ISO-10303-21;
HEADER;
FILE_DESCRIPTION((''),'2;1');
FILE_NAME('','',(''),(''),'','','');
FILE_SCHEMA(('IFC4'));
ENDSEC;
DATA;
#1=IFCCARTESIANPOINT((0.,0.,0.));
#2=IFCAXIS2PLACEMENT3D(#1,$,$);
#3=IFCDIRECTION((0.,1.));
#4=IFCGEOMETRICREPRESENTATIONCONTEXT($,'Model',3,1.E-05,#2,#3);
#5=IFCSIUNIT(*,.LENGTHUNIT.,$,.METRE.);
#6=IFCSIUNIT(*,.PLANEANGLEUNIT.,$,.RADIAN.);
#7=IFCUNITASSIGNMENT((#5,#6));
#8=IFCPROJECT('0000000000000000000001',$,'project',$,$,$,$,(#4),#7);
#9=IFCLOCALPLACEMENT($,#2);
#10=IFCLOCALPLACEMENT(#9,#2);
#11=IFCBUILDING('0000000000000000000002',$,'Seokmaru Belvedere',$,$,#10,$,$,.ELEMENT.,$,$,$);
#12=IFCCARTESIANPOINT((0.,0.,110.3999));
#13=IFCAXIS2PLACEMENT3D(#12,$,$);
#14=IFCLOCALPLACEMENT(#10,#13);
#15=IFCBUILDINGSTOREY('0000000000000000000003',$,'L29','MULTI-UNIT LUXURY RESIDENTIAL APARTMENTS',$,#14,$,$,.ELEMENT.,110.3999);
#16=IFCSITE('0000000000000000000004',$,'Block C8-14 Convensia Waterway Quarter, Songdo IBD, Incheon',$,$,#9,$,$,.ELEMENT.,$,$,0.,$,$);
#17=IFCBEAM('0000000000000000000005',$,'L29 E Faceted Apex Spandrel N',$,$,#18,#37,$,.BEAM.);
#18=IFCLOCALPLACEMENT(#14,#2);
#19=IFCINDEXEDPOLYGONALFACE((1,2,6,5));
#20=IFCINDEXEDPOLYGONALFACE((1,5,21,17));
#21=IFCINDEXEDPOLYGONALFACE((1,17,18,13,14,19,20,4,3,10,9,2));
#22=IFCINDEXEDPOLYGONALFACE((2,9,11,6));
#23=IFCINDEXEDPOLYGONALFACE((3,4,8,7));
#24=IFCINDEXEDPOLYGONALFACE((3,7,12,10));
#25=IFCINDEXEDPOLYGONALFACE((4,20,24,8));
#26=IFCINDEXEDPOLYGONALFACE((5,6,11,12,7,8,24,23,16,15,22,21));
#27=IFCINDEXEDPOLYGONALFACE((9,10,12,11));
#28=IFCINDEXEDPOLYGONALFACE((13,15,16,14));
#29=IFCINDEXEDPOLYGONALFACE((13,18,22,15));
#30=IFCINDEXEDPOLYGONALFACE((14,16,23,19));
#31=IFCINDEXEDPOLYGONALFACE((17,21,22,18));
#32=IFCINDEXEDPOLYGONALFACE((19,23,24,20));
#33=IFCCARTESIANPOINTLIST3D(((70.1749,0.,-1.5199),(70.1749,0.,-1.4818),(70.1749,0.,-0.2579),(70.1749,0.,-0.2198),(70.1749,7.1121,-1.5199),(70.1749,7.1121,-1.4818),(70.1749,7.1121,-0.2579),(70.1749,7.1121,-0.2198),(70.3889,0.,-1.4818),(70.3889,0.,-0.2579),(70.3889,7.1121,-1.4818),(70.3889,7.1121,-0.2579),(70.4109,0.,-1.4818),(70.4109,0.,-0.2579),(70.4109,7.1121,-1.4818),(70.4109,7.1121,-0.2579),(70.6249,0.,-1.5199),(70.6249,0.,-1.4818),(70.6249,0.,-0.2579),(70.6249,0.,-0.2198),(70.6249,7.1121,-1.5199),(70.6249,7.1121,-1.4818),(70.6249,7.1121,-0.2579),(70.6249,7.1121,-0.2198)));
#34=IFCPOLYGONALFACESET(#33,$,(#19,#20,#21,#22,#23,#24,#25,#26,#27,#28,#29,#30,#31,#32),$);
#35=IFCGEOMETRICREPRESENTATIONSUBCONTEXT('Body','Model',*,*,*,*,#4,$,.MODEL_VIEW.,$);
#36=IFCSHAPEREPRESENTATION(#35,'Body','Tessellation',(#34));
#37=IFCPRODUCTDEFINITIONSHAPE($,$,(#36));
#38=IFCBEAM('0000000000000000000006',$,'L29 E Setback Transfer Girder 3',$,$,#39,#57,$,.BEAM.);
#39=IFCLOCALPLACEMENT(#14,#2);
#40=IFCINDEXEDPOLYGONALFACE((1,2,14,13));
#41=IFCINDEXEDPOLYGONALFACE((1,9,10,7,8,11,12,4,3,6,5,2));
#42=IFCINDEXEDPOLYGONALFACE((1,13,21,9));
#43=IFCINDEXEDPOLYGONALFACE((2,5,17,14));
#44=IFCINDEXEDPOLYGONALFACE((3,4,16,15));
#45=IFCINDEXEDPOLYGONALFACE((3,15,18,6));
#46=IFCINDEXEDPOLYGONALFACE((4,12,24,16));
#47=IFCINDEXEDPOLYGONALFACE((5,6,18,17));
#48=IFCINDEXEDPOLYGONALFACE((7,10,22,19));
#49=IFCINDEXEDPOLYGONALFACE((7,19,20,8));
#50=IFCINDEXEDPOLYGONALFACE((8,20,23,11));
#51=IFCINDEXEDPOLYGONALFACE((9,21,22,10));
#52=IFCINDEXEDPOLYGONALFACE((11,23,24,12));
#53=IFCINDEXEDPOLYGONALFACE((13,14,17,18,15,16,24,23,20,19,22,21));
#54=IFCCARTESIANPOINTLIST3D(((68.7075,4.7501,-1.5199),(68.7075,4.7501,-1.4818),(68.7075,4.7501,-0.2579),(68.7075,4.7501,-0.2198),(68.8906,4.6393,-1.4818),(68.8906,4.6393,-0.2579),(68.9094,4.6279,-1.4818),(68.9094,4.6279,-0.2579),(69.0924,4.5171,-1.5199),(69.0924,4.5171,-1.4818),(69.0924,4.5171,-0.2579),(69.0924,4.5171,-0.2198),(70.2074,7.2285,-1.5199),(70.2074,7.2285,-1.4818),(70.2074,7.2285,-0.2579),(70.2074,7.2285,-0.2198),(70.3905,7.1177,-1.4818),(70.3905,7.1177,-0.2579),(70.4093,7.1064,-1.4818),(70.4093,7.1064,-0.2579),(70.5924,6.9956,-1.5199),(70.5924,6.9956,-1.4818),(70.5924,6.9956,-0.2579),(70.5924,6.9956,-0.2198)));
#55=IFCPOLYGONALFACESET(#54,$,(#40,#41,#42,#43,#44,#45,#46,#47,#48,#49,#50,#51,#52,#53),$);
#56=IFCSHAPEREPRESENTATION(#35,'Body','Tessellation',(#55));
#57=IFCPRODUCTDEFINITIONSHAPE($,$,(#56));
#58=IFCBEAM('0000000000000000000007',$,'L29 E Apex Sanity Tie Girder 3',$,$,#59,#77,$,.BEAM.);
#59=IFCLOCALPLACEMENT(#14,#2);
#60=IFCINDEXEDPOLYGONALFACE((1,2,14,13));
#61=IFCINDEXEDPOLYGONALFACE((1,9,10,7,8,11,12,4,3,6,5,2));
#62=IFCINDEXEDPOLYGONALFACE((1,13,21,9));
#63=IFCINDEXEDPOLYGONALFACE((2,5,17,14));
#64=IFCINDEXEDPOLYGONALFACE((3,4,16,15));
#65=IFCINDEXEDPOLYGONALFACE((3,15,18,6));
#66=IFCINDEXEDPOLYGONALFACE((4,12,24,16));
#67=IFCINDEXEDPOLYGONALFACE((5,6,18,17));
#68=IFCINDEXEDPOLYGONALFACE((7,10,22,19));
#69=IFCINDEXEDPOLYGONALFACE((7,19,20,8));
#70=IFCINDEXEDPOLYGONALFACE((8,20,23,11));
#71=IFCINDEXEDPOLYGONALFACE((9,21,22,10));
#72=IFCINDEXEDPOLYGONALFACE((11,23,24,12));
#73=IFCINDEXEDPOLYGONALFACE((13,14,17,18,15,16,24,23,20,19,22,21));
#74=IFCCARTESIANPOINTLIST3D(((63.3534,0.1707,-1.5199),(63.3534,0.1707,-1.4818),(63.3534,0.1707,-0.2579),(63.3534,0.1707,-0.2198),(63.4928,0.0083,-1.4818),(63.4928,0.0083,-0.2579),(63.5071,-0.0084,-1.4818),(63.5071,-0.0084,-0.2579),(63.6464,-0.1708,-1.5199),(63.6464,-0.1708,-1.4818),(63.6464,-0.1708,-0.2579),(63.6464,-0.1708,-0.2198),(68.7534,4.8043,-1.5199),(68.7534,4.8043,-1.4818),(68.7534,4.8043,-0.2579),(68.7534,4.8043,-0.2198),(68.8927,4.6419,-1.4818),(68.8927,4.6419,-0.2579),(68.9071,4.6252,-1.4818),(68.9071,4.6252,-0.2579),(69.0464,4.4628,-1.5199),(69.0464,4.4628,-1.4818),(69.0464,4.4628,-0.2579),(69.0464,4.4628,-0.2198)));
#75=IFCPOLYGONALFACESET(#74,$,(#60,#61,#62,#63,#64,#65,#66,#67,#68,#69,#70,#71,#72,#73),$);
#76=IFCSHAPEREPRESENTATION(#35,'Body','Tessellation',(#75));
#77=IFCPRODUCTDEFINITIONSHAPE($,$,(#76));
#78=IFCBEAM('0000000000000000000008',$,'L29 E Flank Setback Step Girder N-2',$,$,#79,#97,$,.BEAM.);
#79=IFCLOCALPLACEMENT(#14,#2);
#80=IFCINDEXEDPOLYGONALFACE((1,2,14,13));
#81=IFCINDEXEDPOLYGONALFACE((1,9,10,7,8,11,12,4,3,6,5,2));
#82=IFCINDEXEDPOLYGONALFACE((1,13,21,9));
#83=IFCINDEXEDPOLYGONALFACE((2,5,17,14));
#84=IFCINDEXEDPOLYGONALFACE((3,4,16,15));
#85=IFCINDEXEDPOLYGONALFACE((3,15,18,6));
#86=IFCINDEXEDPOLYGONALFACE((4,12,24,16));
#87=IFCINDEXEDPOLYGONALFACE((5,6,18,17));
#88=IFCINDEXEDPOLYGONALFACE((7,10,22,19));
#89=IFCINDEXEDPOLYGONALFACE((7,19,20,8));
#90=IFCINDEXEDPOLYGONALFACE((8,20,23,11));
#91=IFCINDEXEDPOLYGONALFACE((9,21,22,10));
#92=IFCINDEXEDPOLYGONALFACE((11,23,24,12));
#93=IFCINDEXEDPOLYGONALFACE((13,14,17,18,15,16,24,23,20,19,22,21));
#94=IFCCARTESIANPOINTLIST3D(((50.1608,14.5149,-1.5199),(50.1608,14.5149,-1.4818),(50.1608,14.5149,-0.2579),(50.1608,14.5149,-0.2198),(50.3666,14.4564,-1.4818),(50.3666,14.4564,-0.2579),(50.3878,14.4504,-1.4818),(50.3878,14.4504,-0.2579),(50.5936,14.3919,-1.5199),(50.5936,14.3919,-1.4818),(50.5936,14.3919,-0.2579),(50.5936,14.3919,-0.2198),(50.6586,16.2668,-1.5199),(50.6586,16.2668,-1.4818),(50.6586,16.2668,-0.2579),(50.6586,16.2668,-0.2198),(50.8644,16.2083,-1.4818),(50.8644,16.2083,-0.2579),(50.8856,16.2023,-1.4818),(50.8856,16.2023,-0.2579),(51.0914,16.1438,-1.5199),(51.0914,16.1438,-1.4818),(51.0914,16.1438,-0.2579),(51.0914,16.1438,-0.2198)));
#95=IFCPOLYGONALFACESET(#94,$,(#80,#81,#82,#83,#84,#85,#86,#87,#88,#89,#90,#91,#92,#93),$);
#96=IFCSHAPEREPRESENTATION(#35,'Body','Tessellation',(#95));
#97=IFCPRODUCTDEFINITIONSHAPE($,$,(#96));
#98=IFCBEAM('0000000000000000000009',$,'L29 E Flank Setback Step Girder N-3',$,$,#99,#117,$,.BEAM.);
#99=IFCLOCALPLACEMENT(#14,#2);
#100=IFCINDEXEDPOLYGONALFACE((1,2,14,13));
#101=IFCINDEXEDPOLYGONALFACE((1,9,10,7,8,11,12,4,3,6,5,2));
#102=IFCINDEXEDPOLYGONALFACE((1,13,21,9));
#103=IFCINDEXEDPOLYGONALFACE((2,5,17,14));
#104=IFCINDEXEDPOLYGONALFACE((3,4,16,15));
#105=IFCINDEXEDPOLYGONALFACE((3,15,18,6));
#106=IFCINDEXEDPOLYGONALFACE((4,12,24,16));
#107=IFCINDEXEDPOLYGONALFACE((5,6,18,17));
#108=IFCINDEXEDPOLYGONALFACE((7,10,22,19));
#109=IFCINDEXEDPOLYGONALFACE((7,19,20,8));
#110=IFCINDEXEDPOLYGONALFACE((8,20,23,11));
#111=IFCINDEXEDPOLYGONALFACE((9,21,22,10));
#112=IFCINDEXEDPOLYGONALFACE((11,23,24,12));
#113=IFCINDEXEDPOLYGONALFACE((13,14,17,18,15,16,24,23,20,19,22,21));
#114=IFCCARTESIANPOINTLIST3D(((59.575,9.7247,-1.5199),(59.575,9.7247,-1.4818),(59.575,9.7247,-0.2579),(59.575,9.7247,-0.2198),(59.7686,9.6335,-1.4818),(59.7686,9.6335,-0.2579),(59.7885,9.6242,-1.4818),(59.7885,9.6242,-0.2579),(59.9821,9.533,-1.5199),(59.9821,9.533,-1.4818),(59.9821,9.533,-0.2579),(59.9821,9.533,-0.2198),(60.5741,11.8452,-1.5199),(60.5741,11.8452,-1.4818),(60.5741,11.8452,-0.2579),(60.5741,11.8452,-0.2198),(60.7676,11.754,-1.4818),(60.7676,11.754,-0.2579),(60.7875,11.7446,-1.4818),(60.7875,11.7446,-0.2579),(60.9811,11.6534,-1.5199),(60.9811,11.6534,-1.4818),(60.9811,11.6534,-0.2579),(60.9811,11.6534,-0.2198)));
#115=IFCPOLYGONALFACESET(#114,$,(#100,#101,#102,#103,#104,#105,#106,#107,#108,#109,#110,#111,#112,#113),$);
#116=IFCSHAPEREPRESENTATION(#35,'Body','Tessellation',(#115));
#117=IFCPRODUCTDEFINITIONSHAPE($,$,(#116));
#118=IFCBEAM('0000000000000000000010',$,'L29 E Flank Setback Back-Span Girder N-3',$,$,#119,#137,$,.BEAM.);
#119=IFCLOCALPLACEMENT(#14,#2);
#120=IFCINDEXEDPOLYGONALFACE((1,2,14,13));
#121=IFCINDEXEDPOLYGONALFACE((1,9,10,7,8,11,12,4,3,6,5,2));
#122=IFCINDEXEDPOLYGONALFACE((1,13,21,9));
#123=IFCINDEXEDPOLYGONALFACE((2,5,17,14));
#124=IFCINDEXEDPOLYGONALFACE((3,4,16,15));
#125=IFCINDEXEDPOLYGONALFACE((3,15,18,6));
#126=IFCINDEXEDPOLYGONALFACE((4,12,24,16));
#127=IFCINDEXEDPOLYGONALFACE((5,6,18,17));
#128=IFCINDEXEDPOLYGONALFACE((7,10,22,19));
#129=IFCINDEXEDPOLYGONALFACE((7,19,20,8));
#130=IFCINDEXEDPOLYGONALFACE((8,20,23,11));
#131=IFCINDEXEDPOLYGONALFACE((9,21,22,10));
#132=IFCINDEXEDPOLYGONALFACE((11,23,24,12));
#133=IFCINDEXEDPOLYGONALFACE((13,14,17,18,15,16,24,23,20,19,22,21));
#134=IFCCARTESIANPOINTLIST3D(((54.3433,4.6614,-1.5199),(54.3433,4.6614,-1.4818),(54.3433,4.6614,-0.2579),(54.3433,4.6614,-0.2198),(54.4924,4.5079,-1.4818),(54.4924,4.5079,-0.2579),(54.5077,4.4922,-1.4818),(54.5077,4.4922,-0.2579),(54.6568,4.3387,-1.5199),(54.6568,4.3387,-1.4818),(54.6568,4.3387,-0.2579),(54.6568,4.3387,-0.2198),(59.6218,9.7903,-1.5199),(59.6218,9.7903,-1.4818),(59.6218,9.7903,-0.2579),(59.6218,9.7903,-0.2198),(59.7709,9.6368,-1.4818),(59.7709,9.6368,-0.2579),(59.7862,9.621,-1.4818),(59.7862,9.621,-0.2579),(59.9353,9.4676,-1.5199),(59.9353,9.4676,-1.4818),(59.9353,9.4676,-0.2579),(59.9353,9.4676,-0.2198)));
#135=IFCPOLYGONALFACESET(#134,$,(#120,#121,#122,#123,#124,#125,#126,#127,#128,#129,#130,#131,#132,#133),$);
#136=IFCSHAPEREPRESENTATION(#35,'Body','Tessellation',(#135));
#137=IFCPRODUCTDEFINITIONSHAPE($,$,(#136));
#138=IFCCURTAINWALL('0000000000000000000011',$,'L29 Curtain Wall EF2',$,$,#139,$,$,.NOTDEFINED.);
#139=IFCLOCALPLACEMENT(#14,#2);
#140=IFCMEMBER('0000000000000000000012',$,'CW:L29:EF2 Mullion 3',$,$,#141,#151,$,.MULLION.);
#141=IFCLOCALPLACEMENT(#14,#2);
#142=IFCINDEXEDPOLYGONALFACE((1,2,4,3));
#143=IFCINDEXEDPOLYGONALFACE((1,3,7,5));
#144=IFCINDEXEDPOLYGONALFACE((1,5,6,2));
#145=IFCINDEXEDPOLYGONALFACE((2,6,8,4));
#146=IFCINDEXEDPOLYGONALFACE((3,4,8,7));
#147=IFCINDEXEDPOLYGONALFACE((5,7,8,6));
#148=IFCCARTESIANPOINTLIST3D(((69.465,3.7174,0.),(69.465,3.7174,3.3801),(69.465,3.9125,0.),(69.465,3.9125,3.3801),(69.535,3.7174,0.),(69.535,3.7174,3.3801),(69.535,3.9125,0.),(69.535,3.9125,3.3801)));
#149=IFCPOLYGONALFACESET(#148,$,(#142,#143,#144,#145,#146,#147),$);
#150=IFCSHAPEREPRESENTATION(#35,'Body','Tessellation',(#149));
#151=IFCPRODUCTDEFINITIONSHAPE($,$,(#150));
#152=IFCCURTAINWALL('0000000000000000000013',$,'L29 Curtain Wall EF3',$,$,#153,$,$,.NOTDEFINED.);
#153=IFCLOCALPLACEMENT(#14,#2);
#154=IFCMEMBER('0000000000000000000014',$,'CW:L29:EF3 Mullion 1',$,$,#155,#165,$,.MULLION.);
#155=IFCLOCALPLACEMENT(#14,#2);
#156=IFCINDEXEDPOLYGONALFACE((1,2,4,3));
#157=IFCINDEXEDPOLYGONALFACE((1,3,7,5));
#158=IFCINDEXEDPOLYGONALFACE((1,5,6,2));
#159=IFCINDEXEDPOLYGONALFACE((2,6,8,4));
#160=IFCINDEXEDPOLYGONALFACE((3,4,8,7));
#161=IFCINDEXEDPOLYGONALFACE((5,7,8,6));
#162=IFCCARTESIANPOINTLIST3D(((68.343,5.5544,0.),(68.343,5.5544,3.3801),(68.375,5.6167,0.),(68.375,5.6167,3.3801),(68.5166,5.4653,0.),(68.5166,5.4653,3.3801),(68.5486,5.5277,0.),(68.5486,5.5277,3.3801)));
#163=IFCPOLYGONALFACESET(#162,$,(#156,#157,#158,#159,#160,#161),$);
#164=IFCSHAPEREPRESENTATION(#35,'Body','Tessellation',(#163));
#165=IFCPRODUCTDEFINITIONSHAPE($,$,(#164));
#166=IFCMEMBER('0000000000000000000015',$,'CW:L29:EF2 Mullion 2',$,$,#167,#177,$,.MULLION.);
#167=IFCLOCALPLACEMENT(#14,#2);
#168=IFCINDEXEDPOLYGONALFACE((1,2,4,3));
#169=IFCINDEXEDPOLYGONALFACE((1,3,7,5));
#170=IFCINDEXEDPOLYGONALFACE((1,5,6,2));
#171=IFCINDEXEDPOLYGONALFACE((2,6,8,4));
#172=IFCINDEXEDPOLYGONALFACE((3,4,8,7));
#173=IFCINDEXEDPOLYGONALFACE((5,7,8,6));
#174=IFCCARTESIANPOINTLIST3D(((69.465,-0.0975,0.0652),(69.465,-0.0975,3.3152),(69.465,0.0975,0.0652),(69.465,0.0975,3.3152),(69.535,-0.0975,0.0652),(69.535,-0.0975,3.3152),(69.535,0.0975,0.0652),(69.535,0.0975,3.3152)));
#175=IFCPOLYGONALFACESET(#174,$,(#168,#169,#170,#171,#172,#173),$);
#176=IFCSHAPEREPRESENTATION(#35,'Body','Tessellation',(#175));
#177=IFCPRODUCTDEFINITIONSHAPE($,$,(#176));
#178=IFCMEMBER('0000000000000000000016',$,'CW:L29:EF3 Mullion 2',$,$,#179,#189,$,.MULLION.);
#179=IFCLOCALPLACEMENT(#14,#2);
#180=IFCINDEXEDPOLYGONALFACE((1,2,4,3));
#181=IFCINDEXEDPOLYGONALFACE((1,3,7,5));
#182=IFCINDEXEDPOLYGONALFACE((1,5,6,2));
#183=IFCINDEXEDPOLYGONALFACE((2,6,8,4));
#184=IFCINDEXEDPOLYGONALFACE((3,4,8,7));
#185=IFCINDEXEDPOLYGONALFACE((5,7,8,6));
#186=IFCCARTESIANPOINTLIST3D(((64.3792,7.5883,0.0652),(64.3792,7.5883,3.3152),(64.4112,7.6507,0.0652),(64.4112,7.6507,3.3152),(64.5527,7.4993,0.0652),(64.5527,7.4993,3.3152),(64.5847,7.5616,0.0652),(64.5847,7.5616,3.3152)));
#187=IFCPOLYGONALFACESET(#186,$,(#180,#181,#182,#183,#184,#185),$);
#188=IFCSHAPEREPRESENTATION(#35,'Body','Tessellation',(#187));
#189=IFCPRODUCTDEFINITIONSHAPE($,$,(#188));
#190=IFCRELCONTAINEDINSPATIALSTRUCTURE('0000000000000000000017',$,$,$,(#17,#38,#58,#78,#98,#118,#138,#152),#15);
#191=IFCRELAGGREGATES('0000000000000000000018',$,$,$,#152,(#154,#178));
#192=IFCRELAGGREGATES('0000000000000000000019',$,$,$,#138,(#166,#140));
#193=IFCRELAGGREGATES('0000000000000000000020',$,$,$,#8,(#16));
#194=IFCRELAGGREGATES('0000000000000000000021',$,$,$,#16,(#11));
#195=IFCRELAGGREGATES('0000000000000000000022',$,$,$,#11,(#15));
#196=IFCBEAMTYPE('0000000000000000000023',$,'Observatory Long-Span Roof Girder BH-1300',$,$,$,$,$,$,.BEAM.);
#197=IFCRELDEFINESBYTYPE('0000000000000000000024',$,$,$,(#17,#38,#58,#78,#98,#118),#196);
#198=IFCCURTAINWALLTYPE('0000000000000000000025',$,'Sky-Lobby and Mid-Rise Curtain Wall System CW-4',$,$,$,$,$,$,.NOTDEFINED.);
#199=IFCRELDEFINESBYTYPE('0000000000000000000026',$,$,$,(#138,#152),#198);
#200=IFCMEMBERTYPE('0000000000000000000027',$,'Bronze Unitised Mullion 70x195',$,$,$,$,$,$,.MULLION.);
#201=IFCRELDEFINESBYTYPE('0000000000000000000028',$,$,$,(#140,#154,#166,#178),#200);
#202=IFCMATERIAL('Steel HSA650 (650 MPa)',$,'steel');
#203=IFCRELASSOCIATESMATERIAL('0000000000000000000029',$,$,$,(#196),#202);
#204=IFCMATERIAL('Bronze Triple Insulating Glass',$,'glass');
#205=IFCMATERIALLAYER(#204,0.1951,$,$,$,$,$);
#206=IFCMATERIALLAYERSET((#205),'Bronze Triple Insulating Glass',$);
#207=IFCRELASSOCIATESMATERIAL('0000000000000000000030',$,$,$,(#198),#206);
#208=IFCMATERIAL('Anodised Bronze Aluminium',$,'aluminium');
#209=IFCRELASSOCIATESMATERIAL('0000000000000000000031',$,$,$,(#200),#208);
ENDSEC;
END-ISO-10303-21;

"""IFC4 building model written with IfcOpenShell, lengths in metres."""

from ifc_helpers import new_model, si_unit, direction, frame, origin, origin_2d, place, context, subcontext, project, spatial, rectangle, i_section, extrude, source, transform, mapped, material, layer, layer_set, material_profile, profile_set, type_object, type_shapes, element, aggregate, save


model = new_model("IFC4")

# Units and contexts
model_context = context("Model", 3, precision=1e-05, world=origin(), true_north=direction((0.0, 1.0)))
body_context = subcontext(model_context, "Body", "Model", "MODEL_VIEW")
ifc_project = project(units=[si_unit("LENGTHUNIT", "METRE"), si_unit("PLANEANGLEUNIT", "RADIAN")], contexts=[model_context])

# Site, building, storey
site_placement = place(None, origin())
site = spatial("IfcSite", under=ifc_project, at=site_placement, Name="Block C8-14 Convensia Waterway Quarter, Songdo IBD, Incheon", CompositionType="ELEMENT", RefElevation=0.0)
building_placement = place(site_placement, origin())
building = spatial("IfcBuilding", under=site, at=building_placement, Name="Seokmaru Belvedere", CompositionType="ELEMENT")
storey_placement = place(building_placement, frame((0.0, 0.0, 110.3999)))
storey = spatial("IfcBuildingStorey", under=building, at=storey_placement, Name="L29", Description="MULTI-UNIT LUXURY RESIDENTIAL APARTMENTS", CompositionType="ELEMENT", Elevation=110.3999)

# Beams
ifc_material_1 = material(Name="Steel HSA650 (650 MPa)", Category="steel")
ifc_material_profile_1 = material_profile(ifc_material_1, i_section(OverallWidth=0.45, OverallDepth=1.3, WebThickness=0.022, FlangeThickness=0.0381, at=origin_2d()), Name="BH-1300x450x22x38")
ifc_profile_set_1 = profile_set([ifc_material_profile_1], Name="Steel HSA650 (650 MPa)")
beam_type_1 = type_object("IfcBeamType", Name="Observatory Long-Span Roof Girder BH-1300", PredefinedType="BEAM", material=ifc_profile_set_1)
shared_shape_1 = source(origin(), body_context, "Body", "SweptSolid", [
    extrude(i_section(OverallWidth=0.45, OverallDepth=1.3, WebThickness=0.022, FlangeThickness=0.0381, at=origin_2d()), origin(), (0.0, 0.0, 1.0), 7.1121),
])
beam_1_placement = place(storey_placement, frame((70.3999, 0.0, -0.8699), z_axis=(0.0, 1.0, 0.0), x_axis=(-1.0, 0.0, 0.0)))
element("IfcBeam", 1, at=beam_1_placement, inside=storey, type_object=beam_type_1, Name="L29 E Faceted Apex Spandrel N", PredefinedType="BEAM", context=body_context, shape_type="MappedRepresentation", body=[
    mapped(shared_shape_1, transform((0.0, 0.0, 0.0), scale=1.0)),
])
shared_shape_2 = source(origin(), body_context, "Body", "SweptSolid", [
    extrude(i_section(OverallWidth=0.45, OverallDepth=1.3, WebThickness=0.022, FlangeThickness=0.0381, at=origin_2d()), origin(), (0.0, 0.0, 1.0), 2.897),
])
beam_2_placement = place(storey_placement, frame((70.3999, 7.1121, -0.8699), z_axis=(-0.517764, -0.855524, 0.0), x_axis=(0.855524, -0.517764, 0.0)))
element("IfcBeam", 2, at=beam_2_placement, inside=storey, type_object=beam_type_1, Name="L29 E Setback Transfer Girder 3", PredefinedType="BEAM", context=body_context, shape_type="MappedRepresentation", body=[
    mapped(shared_shape_2, transform((0.0, 0.0, 0.0), scale=1.0)),
])
shared_shape_3 = source(origin(), body_context, "Body", "SweptSolid", [
    extrude(i_section(OverallWidth=0.45, OverallDepth=1.3, WebThickness=0.022, FlangeThickness=0.0381, at=origin_2d()), origin(), (0.0, 0.0, 1.0), 7.1155),
])
beam_3_placement = place(storey_placement, frame((68.8999, 4.6335, -0.8699), z_axis=(-0.758905, -0.651201, 0.0), x_axis=(0.651201, -0.758905, 0.0)))
element("IfcBeam", 3, at=beam_3_placement, inside=storey, type_object=beam_type_1, Name="L29 E Apex Sanity Tie Girder 3", PredefinedType="BEAM", context=body_context, shape_type="MappedRepresentation", body=[
    mapped(shared_shape_3, transform((0.0, 0.0, 0.0), scale=1.0)),
])
shared_shape_4 = source(origin(), body_context, "Body", "SweptSolid", [
    extrude(i_section(OverallWidth=0.45, OverallDepth=1.3, WebThickness=0.022, FlangeThickness=0.0381, at=origin_2d()), origin(), (0.0, 0.0, 1.0), 1.8213),
])
beam_4_placement = place(storey_placement, frame((50.875, 16.2053, -0.8699), z_axis=(-0.273322, -0.961923, 0.0), x_axis=(0.961923, -0.273322, 0.0)))
element("IfcBeam", 4, at=beam_4_placement, inside=storey, type_object=beam_type_1, Name="L29 E Flank Setback Step Girder N-2", PredefinedType="BEAM", context=body_context, shape_type="MappedRepresentation", body=[
    mapped(shared_shape_4, transform((0.0, 0.0, 0.0), scale=1.0)),
])
shared_shape_5 = source(origin(), body_context, "Body", "SweptSolid", [
    extrude(i_section(OverallWidth=0.45, OverallDepth=1.3, WebThickness=0.022, FlangeThickness=0.0381, at=origin_2d()), origin(), (0.0, 0.0, 1.0), 2.344),
])
beam_5_placement = place(storey_placement, frame((60.7776, 11.7493, -0.8699), z_axis=(-0.426218, -0.90462, 0.0), x_axis=(0.90462, -0.426218, 0.0)))
element("IfcBeam", 5, at=beam_5_placement, inside=storey, type_object=beam_type_1, Name="L29 E Flank Setback Step Girder N-3", PredefinedType="BEAM", context=body_context, shape_type="MappedRepresentation", body=[
    mapped(shared_shape_5, transform((0.0, 0.0, 0.0), scale=1.0)),
])
shared_shape_6 = source(origin(), body_context, "Body", "SweptSolid", [
    extrude(i_section(OverallWidth=0.45, OverallDepth=1.3, WebThickness=0.022, FlangeThickness=0.0381, at=origin_2d()), origin(), (0.0, 0.0, 1.0), 7.3599),
])
beam_6_placement = place(storey_placement, frame((59.7786, 9.6289, -0.8699), z_axis=(-0.717201, -0.696867, 0.0), x_axis=(0.696867, -0.717201, 0.0)))
element("IfcBeam", 6, at=beam_6_placement, inside=storey, type_object=beam_type_1, Name="L29 E Flank Setback Back-Span Girder N-3", PredefinedType="BEAM", context=body_context, shape_type="MappedRepresentation", body=[
    mapped(shared_shape_6, transform((0.0, 0.0, 0.0), scale=1.0)),
])

# Curtain walls, members
ifc_material_2 = material(Name="Bronze Triple Insulating Glass", Category="glass")
ifc_layer_1 = layer(ifc_material_2, 0.1951)
ifc_layer_set_1 = layer_set([ifc_layer_1], Name="Bronze Triple Insulating Glass")
curtain_wall_type = type_object("IfcCurtainWallType", Name="Sky-Lobby and Mid-Rise Curtain Wall System CW-4", PredefinedType="NOTDEFINED", material=ifc_layer_set_1)
curtain_wall_1_placement = place(storey_placement, origin())
curtain_wall_1 = element("IfcCurtainWall", 7, at=curtain_wall_1_placement, inside=storey, type_object=curtain_wall_type, Name="L29 Curtain Wall EF2", PredefinedType="NOTDEFINED")
ifc_material_3 = material(Name="Anodised Bronze Aluminium", Category="aluminium")
ifc_material_profile_2 = material_profile(ifc_material_3, rectangle(XDim=0.0701, YDim=0.1951, at=origin_2d()), Name="CW-M-70x195")
ifc_profile_set_2 = profile_set([ifc_material_profile_2], Name="Anodised Bronze Aluminium")
member_type_1 = type_object("IfcMemberType", Name="Bronze Unitised Mullion 70x195", PredefinedType="MULLION", material=ifc_profile_set_2)
shared_shape_7 = source(origin(), body_context, "Body", "SweptSolid", [
    extrude(rectangle(XDim=0.0701, YDim=0.1951, at=origin_2d()), origin(), (0.0, 0.0, 1.0), 3.3801),
])
member_1_placement = place(storey_placement, frame((69.5, 3.8149, 0.0), z_axis=(0.0, 0.0, 1.0), x_axis=(-1.0, 0.0, 0.0)))
member_1 = element("IfcMember", 8, at=member_1_placement, type_object=member_type_1, Name="CW:L29:EF2 Mullion 3", PredefinedType="MULLION", context=body_context, shape_type="MappedRepresentation", body=[
    mapped(shared_shape_7, transform((0.0, 0.0, 0.0), scale=1.0)),
])
curtain_wall_2_placement = place(storey_placement, origin())
curtain_wall_2 = element("IfcCurtainWall", 9, at=curtain_wall_2_placement, inside=storey, type_object=curtain_wall_type, Name="L29 Curtain Wall EF3", PredefinedType="NOTDEFINED")
member_2_placement = place(storey_placement, frame((68.4458, 5.541, 0.0), z_axis=(0.0, 0.0, 1.0), x_axis=(-0.456555, -0.889695, 0.0)))
member_2 = element("IfcMember", 10, at=member_2_placement, type_object=member_type_1, Name="CW:L29:EF3 Mullion 1", PredefinedType="MULLION", context=body_context, shape_type="MappedRepresentation", body=[
    mapped(shared_shape_7, transform((0.0, 0.0, 0.0), scale=1.0)),
])

# Members
shared_shape_8 = source(origin(), body_context, "Body", "SweptSolid", [
    extrude(rectangle(XDim=0.0701, YDim=0.1951, at=origin_2d()), origin(), (0.0, 0.0, 1.0), 3.25),
])
type_shapes(member_type_1, [shared_shape_7, shared_shape_8])
member_3_placement = place(storey_placement, frame((69.5, 0.0, 0.0652), z_axis=(0.0, 0.0, 1.0), x_axis=(-1.0, 0.0, 0.0)))
member_3 = element("IfcMember", 11, at=member_3_placement, type_object=member_type_1, Name="CW:L29:EF2 Mullion 2", PredefinedType="MULLION", context=body_context, shape_type="MappedRepresentation", body=[
    mapped(shared_shape_8, transform((0.0, 0.0, 0.0), scale=1.0)),
])
member_4_placement = place(storey_placement, frame((64.4819, 7.575, 0.0652), z_axis=(0.0, 0.0, 1.0), x_axis=(-0.456555, -0.889695, 0.0)))
member_4 = element("IfcMember", 12, at=member_4_placement, type_object=member_type_1, Name="CW:L29:EF3 Mullion 2", PredefinedType="MULLION", context=body_context, shape_type="MappedRepresentation", body=[
    mapped(shared_shape_8, transform((0.0, 0.0, 0.0), scale=1.0)),
])

aggregate(curtain_wall_2, [member_2, member_4])
aggregate(curtain_wall_1, [member_3, member_1])

save(model, "model.ifc")
